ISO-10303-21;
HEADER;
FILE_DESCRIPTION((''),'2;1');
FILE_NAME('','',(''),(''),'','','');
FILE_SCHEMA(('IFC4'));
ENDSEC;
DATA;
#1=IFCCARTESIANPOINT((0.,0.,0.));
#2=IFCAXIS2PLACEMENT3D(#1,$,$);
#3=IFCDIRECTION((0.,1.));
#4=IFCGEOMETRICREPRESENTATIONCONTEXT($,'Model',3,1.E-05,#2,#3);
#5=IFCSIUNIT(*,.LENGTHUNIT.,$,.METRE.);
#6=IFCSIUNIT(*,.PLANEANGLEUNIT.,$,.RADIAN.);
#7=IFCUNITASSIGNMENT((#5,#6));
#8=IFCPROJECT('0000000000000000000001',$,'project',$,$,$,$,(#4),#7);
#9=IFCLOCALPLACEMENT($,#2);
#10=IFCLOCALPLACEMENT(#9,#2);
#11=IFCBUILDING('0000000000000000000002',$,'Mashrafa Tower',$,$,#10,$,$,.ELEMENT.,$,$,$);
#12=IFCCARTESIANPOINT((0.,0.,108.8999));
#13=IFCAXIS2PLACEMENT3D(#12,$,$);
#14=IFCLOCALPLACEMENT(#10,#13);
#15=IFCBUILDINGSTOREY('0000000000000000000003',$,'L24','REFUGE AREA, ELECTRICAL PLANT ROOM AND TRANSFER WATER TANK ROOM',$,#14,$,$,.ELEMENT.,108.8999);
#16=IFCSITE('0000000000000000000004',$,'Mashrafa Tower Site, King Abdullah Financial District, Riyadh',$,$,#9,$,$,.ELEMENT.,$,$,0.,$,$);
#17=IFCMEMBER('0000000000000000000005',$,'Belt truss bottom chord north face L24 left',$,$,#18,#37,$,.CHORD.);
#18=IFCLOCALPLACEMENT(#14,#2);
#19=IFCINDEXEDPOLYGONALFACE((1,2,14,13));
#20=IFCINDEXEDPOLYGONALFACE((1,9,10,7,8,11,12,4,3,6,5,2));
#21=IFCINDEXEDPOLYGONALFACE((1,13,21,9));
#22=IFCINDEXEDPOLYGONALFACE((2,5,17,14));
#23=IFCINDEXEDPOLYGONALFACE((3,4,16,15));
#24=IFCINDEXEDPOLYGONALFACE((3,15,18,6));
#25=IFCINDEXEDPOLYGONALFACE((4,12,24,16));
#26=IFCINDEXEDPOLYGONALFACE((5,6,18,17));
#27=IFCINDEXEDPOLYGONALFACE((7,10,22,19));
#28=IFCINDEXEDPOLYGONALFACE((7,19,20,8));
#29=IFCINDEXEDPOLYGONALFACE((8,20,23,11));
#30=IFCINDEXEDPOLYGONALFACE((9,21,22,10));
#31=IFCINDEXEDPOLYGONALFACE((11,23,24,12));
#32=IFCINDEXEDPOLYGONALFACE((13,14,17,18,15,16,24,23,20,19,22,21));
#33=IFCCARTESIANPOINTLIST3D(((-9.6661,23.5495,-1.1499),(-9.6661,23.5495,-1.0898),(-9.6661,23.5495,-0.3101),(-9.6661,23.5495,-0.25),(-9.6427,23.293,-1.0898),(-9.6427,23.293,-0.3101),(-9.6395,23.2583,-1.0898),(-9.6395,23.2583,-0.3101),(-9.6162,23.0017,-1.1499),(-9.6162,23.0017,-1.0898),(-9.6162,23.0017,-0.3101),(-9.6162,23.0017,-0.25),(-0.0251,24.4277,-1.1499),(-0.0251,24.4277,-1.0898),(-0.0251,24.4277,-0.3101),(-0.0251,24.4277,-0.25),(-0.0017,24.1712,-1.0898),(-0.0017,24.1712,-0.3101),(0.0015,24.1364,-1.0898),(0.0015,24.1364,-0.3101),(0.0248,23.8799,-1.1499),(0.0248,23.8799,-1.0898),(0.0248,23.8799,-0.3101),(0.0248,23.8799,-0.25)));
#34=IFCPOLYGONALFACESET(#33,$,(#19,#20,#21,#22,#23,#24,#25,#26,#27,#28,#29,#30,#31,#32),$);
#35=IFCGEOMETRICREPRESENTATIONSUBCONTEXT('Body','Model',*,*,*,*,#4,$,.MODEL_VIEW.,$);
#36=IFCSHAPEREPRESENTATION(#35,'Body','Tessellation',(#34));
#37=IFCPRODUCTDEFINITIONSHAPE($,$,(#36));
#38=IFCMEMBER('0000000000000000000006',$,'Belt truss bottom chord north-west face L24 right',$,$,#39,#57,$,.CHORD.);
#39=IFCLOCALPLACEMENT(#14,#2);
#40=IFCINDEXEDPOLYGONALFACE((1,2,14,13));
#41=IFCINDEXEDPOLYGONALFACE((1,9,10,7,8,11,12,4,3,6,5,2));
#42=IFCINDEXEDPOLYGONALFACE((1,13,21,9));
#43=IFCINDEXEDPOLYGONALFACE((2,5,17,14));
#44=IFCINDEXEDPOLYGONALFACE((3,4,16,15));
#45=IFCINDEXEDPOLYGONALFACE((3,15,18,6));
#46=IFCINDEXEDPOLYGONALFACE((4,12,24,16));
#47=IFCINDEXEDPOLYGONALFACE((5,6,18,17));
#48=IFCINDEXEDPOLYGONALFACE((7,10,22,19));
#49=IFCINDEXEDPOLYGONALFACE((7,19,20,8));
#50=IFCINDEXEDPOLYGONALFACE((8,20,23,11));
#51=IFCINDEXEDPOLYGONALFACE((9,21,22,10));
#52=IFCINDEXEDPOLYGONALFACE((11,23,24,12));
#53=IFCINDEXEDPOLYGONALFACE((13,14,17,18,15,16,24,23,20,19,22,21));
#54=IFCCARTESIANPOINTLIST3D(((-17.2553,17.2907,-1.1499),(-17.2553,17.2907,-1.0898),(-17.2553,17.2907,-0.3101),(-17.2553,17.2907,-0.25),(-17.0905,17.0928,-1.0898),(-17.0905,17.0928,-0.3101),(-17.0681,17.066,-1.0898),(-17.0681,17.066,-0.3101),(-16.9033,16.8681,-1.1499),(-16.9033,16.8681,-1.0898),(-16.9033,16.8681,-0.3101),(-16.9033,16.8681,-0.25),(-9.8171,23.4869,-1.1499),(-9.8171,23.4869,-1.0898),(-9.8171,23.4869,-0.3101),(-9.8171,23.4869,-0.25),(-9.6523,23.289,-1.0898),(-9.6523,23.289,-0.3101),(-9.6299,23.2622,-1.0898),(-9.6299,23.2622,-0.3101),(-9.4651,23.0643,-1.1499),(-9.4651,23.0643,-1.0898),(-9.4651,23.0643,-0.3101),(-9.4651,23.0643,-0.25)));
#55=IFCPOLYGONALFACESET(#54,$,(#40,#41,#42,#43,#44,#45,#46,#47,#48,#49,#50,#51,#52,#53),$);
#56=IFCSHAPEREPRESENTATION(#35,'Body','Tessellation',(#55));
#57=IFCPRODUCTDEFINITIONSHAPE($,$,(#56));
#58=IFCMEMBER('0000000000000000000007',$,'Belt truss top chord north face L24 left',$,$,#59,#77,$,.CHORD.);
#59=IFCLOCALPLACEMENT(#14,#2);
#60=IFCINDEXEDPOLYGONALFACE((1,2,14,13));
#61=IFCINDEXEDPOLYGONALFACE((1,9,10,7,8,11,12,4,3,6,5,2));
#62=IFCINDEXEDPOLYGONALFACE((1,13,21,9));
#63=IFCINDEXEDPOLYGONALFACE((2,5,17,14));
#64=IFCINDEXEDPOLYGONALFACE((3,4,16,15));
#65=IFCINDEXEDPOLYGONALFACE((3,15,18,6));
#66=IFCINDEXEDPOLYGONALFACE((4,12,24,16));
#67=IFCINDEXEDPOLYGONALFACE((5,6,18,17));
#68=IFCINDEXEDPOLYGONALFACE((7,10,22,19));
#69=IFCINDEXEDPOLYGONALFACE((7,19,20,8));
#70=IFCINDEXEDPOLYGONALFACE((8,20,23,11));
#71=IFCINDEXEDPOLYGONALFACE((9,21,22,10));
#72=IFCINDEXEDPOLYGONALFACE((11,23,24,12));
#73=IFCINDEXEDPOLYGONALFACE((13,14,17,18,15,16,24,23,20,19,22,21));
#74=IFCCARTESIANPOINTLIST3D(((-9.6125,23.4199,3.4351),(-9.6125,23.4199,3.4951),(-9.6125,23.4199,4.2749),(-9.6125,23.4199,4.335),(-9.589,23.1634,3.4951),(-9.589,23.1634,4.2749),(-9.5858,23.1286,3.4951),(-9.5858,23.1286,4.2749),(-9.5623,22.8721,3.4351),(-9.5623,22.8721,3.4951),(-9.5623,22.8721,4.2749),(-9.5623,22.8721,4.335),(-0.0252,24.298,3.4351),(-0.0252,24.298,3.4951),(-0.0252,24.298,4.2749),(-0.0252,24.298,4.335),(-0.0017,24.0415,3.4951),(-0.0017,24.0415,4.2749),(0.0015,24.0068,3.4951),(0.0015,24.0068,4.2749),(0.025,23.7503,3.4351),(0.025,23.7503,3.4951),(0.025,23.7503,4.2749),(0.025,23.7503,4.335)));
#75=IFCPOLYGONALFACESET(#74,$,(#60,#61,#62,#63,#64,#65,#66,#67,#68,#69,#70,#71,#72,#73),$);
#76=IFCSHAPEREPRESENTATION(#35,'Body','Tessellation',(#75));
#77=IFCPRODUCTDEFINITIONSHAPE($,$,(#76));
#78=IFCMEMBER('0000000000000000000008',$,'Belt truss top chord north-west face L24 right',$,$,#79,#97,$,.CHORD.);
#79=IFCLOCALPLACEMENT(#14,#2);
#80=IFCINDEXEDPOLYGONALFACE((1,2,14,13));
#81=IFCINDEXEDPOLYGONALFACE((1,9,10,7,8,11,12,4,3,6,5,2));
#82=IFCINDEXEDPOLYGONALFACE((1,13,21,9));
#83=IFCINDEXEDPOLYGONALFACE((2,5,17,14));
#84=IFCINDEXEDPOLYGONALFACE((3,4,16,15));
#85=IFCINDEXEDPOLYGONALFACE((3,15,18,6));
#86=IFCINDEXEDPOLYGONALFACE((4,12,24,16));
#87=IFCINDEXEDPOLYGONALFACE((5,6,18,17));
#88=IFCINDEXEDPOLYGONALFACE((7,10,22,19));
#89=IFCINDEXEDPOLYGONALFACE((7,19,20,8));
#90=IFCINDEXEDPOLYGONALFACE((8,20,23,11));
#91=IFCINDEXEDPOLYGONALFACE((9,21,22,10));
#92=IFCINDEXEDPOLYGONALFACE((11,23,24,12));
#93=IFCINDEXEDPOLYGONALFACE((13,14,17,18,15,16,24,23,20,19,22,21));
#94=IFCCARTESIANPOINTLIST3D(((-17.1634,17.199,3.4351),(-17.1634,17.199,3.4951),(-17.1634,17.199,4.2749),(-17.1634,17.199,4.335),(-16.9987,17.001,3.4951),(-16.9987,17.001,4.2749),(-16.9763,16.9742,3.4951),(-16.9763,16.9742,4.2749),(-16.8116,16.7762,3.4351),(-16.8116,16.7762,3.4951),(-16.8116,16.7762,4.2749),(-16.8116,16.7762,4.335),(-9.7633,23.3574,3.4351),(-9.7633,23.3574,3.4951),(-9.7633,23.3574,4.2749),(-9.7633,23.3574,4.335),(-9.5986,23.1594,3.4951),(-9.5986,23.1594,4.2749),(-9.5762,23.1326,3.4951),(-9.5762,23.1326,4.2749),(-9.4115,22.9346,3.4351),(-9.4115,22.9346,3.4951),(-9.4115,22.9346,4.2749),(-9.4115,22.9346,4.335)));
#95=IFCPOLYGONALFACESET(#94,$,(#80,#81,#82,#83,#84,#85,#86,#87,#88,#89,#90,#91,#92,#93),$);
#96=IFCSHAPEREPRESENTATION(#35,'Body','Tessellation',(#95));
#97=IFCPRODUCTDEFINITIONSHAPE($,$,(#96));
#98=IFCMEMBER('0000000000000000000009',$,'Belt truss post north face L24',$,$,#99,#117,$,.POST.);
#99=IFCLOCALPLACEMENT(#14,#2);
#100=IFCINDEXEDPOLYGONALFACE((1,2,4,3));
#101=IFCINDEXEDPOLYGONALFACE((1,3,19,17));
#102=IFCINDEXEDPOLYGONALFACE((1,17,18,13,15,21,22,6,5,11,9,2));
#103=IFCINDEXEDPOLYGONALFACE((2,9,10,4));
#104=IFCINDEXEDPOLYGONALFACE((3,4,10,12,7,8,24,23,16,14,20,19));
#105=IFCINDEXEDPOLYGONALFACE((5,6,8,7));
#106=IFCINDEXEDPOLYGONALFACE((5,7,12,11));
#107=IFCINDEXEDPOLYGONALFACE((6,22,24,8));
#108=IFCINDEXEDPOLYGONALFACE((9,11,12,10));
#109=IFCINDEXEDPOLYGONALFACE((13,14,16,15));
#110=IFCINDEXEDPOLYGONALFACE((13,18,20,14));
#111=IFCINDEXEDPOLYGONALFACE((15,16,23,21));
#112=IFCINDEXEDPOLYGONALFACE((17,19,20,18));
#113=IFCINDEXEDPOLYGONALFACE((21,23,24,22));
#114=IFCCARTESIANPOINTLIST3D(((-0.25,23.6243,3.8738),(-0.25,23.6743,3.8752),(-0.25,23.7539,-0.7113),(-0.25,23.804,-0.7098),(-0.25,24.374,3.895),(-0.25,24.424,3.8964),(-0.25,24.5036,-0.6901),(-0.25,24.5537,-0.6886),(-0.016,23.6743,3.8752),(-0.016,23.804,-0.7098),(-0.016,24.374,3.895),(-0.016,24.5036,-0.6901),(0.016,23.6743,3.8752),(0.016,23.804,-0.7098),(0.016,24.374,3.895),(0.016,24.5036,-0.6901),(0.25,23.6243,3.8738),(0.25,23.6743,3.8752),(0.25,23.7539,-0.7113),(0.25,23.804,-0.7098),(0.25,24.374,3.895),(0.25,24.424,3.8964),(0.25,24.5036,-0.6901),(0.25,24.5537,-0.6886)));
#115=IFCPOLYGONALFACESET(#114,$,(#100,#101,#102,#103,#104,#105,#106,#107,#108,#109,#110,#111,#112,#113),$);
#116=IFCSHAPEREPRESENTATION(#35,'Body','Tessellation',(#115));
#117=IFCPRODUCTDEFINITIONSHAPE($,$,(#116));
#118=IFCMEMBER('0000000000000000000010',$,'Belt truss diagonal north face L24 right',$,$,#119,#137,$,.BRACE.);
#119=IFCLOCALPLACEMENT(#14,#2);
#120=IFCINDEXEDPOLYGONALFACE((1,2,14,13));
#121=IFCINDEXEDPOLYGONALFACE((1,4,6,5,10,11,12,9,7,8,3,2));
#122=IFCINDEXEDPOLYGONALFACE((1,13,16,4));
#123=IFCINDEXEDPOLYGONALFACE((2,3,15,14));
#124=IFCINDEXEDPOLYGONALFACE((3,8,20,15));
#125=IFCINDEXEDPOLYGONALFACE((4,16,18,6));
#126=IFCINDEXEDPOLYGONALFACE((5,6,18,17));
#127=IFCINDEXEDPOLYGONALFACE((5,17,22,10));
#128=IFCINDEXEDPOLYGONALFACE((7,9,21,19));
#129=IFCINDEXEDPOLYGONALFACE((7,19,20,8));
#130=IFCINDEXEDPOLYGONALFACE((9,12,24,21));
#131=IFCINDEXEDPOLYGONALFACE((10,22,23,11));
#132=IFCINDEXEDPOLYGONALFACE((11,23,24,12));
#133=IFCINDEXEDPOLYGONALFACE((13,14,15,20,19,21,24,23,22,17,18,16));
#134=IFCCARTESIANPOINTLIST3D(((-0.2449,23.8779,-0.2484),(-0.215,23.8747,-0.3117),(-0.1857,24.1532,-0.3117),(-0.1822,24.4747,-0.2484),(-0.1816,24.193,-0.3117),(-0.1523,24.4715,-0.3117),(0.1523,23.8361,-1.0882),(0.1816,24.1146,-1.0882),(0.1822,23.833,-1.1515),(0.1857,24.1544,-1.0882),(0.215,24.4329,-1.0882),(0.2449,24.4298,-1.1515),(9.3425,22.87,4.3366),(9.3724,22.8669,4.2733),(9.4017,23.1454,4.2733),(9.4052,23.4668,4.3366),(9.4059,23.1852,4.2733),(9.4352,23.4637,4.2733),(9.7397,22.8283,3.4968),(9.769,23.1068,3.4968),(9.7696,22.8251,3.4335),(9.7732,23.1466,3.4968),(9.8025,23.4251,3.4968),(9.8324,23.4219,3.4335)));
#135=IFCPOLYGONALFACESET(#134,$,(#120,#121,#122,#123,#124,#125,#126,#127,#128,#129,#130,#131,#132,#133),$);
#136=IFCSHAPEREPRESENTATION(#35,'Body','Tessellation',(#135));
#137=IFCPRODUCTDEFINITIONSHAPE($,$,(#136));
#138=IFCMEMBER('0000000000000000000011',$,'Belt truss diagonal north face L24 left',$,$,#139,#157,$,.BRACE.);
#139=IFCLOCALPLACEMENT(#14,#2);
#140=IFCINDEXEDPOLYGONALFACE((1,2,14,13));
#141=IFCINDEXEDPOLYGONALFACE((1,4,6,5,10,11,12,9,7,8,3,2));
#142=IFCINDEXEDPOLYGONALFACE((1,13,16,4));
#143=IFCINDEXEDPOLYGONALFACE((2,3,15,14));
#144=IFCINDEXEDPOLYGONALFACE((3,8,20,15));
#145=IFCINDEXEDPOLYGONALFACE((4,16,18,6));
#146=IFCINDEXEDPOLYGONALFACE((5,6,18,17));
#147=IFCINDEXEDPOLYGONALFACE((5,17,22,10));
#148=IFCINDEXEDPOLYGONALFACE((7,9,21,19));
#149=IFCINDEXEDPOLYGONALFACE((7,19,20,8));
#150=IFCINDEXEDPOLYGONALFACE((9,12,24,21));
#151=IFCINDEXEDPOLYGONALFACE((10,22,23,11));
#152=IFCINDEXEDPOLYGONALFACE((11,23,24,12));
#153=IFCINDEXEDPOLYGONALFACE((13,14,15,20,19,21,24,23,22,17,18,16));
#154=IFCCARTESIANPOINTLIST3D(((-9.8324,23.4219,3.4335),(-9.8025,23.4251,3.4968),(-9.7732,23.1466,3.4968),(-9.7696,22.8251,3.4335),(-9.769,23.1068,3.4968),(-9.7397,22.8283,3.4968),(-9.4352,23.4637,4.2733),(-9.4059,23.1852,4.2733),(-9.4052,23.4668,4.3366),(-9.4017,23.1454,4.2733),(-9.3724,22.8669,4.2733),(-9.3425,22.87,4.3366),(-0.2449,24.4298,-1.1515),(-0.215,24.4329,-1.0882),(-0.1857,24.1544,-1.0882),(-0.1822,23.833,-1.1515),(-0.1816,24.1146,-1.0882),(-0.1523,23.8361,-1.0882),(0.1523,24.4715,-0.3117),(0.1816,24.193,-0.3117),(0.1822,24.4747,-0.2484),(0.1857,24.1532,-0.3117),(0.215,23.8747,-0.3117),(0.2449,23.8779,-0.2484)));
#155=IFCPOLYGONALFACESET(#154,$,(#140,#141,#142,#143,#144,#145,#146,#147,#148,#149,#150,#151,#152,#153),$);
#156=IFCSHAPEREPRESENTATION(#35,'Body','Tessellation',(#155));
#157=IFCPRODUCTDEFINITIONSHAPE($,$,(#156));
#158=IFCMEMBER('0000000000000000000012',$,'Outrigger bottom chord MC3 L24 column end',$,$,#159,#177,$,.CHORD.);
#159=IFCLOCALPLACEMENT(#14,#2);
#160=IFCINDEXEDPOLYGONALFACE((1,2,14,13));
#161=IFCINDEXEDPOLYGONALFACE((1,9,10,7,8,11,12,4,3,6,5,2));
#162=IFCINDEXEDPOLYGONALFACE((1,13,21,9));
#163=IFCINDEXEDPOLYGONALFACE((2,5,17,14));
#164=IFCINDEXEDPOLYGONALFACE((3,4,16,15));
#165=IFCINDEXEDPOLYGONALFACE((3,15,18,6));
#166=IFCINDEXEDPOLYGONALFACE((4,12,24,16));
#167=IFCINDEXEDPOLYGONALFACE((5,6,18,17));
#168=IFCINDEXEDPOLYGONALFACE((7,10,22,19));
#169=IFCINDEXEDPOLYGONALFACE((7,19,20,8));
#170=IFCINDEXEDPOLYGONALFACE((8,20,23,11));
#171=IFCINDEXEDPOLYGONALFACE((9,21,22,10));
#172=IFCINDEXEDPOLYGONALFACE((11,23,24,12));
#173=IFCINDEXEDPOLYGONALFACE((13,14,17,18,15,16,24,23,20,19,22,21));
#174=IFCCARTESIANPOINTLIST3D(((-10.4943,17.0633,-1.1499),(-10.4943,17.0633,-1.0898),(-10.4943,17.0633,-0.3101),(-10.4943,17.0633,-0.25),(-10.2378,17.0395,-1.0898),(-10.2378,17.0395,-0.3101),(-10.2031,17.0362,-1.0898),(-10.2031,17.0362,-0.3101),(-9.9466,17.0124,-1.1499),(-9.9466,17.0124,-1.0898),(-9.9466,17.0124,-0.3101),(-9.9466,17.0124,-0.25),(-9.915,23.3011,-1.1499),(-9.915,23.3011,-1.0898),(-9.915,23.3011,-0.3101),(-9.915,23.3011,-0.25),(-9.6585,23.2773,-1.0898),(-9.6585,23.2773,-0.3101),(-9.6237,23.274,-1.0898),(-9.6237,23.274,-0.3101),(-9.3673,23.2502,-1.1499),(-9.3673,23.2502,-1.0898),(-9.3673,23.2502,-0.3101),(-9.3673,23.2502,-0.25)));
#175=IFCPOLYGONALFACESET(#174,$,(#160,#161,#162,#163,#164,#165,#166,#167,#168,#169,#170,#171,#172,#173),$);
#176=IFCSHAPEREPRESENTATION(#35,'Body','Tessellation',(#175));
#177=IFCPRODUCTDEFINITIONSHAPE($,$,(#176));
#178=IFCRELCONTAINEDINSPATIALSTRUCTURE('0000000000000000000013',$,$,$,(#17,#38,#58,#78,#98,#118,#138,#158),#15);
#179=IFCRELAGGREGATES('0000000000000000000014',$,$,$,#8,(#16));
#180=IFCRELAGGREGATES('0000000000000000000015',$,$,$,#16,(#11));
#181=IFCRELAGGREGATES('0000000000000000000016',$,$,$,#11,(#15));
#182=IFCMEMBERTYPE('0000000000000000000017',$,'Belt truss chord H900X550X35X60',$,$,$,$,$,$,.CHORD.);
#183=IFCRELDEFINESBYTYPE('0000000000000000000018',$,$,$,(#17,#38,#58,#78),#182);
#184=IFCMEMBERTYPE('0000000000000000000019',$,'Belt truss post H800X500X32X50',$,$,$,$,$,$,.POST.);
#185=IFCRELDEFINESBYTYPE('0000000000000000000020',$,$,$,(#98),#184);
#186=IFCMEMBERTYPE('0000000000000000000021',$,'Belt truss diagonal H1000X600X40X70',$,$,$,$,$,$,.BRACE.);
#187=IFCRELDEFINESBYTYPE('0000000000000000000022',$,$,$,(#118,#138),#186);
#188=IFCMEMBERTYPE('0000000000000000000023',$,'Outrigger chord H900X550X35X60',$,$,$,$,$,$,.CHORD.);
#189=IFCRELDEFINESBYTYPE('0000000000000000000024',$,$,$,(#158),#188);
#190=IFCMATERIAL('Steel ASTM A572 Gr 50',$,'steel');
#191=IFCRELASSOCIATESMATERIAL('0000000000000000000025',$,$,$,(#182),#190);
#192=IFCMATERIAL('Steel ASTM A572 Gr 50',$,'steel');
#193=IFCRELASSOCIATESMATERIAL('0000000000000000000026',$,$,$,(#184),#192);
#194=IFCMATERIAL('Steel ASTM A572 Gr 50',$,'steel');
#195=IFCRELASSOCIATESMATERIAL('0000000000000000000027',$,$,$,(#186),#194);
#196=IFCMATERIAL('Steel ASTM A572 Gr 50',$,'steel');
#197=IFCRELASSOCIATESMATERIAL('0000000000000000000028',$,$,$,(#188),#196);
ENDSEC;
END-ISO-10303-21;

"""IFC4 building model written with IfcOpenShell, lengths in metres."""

from ifc_helpers import new_model, si_unit, direction, frame, origin, origin_2d, place, context, subcontext, project, spatial, i_section, extrude, source, transform, mapped, material, material_profile, profile_set, type_object, type_shapes, element, save


model = new_model("IFC4")

# Units and contexts
model_context = context("Model", 3, precision=1e-05, world=origin(), true_north=direction((0.0, 1.0)))
body_context = subcontext(model_context, "Body", "Model", "MODEL_VIEW")
ifc_project = project(units=[si_unit("LENGTHUNIT", "METRE"), si_unit("PLANEANGLEUNIT", "RADIAN")], contexts=[model_context])

# Site, building, storey
site_placement = place(None, origin())
site = spatial("IfcSite", under=ifc_project, at=site_placement, Name="Mashrafa Tower Site, King Abdullah Financial District, Riyadh", CompositionType="ELEMENT", RefElevation=0.0)
building_placement = place(site_placement, origin())
building = spatial("IfcBuilding", under=site, at=building_placement, Name="Mashrafa Tower", CompositionType="ELEMENT")
storey_placement = place(building_placement, frame((0.0, 0.0, 108.8999)))
storey = spatial("IfcBuildingStorey", under=building, at=storey_placement, Name="L24", Description="REFUGE AREA, ELECTRICAL PLANT ROOM AND TRANSFER WATER TANK ROOM", CompositionType="ELEMENT", Elevation=108.8999)

# Members
ifc_material_1 = material(Name="Steel ASTM A572 Gr 50", Category="steel")
ifc_material_profile_1 = material_profile(ifc_material_1, i_section(OverallWidth=0.55, OverallDepth=0.8999, WebThickness=0.0349, FlangeThickness=0.0601, at=origin_2d()), Name="H900X550X35X60")
ifc_profile_set_1 = profile_set([ifc_material_profile_1], Name="Steel ASTM A572 Gr 50")
member_type_1 = type_object("IfcMemberType", Name="Belt truss chord H900X550X35X60", PredefinedType="CHORD", material=ifc_profile_set_1)
shared_shape_1 = source(origin(), body_context, "Body", "SweptSolid", [
    extrude(i_section(OverallWidth=0.55, OverallDepth=0.8999, WebThickness=0.0349, FlangeThickness=0.0601, at=origin_2d()), origin(), (0.0, 0.0, 1.0), 9.6809),
])
for number, where, z_axis, x_axis, name in (
    (1, (-9.6411, 23.2756, -0.7), (0.995877, 0.090711, 0.0), (-0.090711, 0.995877, 0.0), "Belt truss bottom chord north face L24 left"),
    (2, (-9.6411, 23.2756, -0.7), (-0.768335, -0.640048, 0.0), (0.640048, -0.768335, 0.0), "Belt truss bottom chord north-west face L24 right"),
):
    element("IfcMember", number, at=place(storey_placement, frame(where, z_axis=z_axis, x_axis=x_axis)), inside=storey, type_object=member_type_1, Name=name, PredefinedType="CHORD", context=body_context, shape_type="MappedRepresentation", body=[
        mapped(shared_shape_1, transform((0.0, 0.0, 0.0))),
    ])
shared_shape_2 = source(origin(), body_context, "Body", "SweptSolid", [
    extrude(i_section(OverallWidth=0.55, OverallDepth=0.8999, WebThickness=0.0349, FlangeThickness=0.0601, at=origin_2d()), origin(), (0.0, 0.0, 1.0), 9.6274),
])
type_shapes(member_type_1, [shared_shape_1, shared_shape_2])
for number, where, z_axis, x_axis, name in (
    (3, (-9.5874, 23.146, 3.885), (0.995831, 0.091215, 0.0), (-0.091215, 0.995831, 0.0), "Belt truss top chord north face L24 left"),
    (4, (-9.5874, 23.146, 3.885), (-0.768647, -0.639673, 0.0), (0.639673, -0.768647, 0.0), "Belt truss top chord north-west face L24 right"),
):
    element("IfcMember", number, at=place(storey_placement, frame(where, z_axis=z_axis, x_axis=x_axis)), inside=storey, type_object=member_type_1, Name=name, PredefinedType="CHORD", context=body_context, shape_type="MappedRepresentation", body=[
        mapped(shared_shape_2, transform((0.0, 0.0, 0.0))),
    ])
ifc_material_2 = material(Name="Steel ASTM A572 Gr 50", Category="steel")
ifc_material_profile_2 = material_profile(ifc_material_2, i_section(OverallWidth=0.5, OverallDepth=0.8, WebThickness=0.032, FlangeThickness=0.05, at=origin_2d()), Name="H800X500X32X50")
ifc_profile_set_2 = profile_set([ifc_material_profile_2], Name="Steel ASTM A572 Gr 50")
member_type_2 = type_object("IfcMemberType", Name="Belt truss post H800X500X32X50", PredefinedType="POST", material=ifc_profile_set_2)
shared_shape_3 = source(origin(), body_context, "Body", "SweptSolid", [
    extrude(i_section(OverallWidth=0.5, OverallDepth=0.8, WebThickness=0.032, FlangeThickness=0.05, at=origin_2d()), origin(), (0.0, 0.0, 1.0), 4.5869),
])
type_shapes(member_type_2, [shared_shape_3])
member_1_placement = place(storey_placement, frame((0.0, 24.1538, -0.7), z_axis=(0.0, -0.028263, 0.999601), x_axis=(1.0, 0.0, 0.0)))
element("IfcMember", 5, at=member_1_placement, inside=storey, type_object=member_type_2, Name="Belt truss post north face L24", PredefinedType="POST", context=body_context, shape_type="MappedRepresentation", body=[
    mapped(shared_shape_3, transform((0.0, 0.0, 0.0))),
])
ifc_material_3 = material(Name="Steel ASTM A572 Gr 50", Category="steel")
ifc_material_profile_3 = material_profile(ifc_material_3, i_section(OverallWidth=0.6001, OverallDepth=1.0, WebThickness=0.04, FlangeThickness=0.0701, at=origin_2d()), Name="H1000X600X40X70")
ifc_profile_set_3 = profile_set([ifc_material_profile_3], Name="Steel ASTM A572 Gr 50")
member_type_3 = type_object("IfcMemberType", Name="Belt truss diagonal H1000X600X40X70", PredefinedType="BRACE", material=ifc_profile_set_3)
shared_shape_4 = source(origin(), body_context, "Body", "SweptSolid", [
    extrude(i_section(OverallWidth=0.6001, OverallDepth=1.0, WebThickness=0.04, FlangeThickness=0.0701, at=origin_2d()), origin(), (0.0, 0.0, 1.0), 10.675),
])
type_shapes(member_type_3, [shared_shape_4])
for number, where, z_axis, x_axis, name in (
    (6, (0.0, 24.1538, -0.7), (0.898116, -0.094409, 0.429504), (0.104542, 0.99452, 0.0), "Belt truss diagonal north face L24 right"),
    (7, (0.0, 24.1538, -0.7), (-0.898116, -0.094409, 0.429504), (0.104542, -0.99452, 0.0), "Belt truss diagonal north face L24 left"),
):
    element("IfcMember", number, at=place(storey_placement, frame(where, z_axis=z_axis, x_axis=x_axis)), inside=storey, type_object=member_type_3, Name=name, PredefinedType="BRACE", context=body_context, shape_type="MappedRepresentation", body=[
        mapped(shared_shape_4, transform((0.0, 0.0, 0.0))),
    ])
ifc_material_4 = material(Name="Steel ASTM A572 Gr 50", Category="steel")
ifc_material_profile_4 = material_profile(ifc_material_4, i_section(OverallWidth=0.55, OverallDepth=0.8999, WebThickness=0.0349, FlangeThickness=0.0601, at=origin_2d()), Name="H900X550X35X60")
ifc_profile_set_4 = profile_set([ifc_material_profile_4], Name="Steel ASTM A572 Gr 50")
member_type_4 = type_object("IfcMemberType", Name="Outrigger chord H900X550X35X60", PredefinedType="CHORD", material=ifc_profile_set_4)
shared_shape_5 = source(origin(), body_context, "Body", "SweptSolid", [
    extrude(i_section(OverallWidth=0.55, OverallDepth=0.8999, WebThickness=0.0349, FlangeThickness=0.0601, at=origin_2d()), origin(), (0.0, 0.0, 1.0), 6.2646),
])
member_2_placement = place(storey_placement, frame((-10.2205, 17.0378, -0.7), z_axis=(0.092479, 0.995715, 0.0), x_axis=(-0.995715, 0.092479, 0.0)))
element("IfcMember", 8, at=member_2_placement, inside=storey, type_object=member_type_4, Name="Outrigger bottom chord MC3 L24 column end", PredefinedType="CHORD", context=body_context, shape_type="MappedRepresentation", body=[
    mapped(shared_shape_5, transform((0.0, 0.0, 0.0))),
])

save(model, "model.ifc")
